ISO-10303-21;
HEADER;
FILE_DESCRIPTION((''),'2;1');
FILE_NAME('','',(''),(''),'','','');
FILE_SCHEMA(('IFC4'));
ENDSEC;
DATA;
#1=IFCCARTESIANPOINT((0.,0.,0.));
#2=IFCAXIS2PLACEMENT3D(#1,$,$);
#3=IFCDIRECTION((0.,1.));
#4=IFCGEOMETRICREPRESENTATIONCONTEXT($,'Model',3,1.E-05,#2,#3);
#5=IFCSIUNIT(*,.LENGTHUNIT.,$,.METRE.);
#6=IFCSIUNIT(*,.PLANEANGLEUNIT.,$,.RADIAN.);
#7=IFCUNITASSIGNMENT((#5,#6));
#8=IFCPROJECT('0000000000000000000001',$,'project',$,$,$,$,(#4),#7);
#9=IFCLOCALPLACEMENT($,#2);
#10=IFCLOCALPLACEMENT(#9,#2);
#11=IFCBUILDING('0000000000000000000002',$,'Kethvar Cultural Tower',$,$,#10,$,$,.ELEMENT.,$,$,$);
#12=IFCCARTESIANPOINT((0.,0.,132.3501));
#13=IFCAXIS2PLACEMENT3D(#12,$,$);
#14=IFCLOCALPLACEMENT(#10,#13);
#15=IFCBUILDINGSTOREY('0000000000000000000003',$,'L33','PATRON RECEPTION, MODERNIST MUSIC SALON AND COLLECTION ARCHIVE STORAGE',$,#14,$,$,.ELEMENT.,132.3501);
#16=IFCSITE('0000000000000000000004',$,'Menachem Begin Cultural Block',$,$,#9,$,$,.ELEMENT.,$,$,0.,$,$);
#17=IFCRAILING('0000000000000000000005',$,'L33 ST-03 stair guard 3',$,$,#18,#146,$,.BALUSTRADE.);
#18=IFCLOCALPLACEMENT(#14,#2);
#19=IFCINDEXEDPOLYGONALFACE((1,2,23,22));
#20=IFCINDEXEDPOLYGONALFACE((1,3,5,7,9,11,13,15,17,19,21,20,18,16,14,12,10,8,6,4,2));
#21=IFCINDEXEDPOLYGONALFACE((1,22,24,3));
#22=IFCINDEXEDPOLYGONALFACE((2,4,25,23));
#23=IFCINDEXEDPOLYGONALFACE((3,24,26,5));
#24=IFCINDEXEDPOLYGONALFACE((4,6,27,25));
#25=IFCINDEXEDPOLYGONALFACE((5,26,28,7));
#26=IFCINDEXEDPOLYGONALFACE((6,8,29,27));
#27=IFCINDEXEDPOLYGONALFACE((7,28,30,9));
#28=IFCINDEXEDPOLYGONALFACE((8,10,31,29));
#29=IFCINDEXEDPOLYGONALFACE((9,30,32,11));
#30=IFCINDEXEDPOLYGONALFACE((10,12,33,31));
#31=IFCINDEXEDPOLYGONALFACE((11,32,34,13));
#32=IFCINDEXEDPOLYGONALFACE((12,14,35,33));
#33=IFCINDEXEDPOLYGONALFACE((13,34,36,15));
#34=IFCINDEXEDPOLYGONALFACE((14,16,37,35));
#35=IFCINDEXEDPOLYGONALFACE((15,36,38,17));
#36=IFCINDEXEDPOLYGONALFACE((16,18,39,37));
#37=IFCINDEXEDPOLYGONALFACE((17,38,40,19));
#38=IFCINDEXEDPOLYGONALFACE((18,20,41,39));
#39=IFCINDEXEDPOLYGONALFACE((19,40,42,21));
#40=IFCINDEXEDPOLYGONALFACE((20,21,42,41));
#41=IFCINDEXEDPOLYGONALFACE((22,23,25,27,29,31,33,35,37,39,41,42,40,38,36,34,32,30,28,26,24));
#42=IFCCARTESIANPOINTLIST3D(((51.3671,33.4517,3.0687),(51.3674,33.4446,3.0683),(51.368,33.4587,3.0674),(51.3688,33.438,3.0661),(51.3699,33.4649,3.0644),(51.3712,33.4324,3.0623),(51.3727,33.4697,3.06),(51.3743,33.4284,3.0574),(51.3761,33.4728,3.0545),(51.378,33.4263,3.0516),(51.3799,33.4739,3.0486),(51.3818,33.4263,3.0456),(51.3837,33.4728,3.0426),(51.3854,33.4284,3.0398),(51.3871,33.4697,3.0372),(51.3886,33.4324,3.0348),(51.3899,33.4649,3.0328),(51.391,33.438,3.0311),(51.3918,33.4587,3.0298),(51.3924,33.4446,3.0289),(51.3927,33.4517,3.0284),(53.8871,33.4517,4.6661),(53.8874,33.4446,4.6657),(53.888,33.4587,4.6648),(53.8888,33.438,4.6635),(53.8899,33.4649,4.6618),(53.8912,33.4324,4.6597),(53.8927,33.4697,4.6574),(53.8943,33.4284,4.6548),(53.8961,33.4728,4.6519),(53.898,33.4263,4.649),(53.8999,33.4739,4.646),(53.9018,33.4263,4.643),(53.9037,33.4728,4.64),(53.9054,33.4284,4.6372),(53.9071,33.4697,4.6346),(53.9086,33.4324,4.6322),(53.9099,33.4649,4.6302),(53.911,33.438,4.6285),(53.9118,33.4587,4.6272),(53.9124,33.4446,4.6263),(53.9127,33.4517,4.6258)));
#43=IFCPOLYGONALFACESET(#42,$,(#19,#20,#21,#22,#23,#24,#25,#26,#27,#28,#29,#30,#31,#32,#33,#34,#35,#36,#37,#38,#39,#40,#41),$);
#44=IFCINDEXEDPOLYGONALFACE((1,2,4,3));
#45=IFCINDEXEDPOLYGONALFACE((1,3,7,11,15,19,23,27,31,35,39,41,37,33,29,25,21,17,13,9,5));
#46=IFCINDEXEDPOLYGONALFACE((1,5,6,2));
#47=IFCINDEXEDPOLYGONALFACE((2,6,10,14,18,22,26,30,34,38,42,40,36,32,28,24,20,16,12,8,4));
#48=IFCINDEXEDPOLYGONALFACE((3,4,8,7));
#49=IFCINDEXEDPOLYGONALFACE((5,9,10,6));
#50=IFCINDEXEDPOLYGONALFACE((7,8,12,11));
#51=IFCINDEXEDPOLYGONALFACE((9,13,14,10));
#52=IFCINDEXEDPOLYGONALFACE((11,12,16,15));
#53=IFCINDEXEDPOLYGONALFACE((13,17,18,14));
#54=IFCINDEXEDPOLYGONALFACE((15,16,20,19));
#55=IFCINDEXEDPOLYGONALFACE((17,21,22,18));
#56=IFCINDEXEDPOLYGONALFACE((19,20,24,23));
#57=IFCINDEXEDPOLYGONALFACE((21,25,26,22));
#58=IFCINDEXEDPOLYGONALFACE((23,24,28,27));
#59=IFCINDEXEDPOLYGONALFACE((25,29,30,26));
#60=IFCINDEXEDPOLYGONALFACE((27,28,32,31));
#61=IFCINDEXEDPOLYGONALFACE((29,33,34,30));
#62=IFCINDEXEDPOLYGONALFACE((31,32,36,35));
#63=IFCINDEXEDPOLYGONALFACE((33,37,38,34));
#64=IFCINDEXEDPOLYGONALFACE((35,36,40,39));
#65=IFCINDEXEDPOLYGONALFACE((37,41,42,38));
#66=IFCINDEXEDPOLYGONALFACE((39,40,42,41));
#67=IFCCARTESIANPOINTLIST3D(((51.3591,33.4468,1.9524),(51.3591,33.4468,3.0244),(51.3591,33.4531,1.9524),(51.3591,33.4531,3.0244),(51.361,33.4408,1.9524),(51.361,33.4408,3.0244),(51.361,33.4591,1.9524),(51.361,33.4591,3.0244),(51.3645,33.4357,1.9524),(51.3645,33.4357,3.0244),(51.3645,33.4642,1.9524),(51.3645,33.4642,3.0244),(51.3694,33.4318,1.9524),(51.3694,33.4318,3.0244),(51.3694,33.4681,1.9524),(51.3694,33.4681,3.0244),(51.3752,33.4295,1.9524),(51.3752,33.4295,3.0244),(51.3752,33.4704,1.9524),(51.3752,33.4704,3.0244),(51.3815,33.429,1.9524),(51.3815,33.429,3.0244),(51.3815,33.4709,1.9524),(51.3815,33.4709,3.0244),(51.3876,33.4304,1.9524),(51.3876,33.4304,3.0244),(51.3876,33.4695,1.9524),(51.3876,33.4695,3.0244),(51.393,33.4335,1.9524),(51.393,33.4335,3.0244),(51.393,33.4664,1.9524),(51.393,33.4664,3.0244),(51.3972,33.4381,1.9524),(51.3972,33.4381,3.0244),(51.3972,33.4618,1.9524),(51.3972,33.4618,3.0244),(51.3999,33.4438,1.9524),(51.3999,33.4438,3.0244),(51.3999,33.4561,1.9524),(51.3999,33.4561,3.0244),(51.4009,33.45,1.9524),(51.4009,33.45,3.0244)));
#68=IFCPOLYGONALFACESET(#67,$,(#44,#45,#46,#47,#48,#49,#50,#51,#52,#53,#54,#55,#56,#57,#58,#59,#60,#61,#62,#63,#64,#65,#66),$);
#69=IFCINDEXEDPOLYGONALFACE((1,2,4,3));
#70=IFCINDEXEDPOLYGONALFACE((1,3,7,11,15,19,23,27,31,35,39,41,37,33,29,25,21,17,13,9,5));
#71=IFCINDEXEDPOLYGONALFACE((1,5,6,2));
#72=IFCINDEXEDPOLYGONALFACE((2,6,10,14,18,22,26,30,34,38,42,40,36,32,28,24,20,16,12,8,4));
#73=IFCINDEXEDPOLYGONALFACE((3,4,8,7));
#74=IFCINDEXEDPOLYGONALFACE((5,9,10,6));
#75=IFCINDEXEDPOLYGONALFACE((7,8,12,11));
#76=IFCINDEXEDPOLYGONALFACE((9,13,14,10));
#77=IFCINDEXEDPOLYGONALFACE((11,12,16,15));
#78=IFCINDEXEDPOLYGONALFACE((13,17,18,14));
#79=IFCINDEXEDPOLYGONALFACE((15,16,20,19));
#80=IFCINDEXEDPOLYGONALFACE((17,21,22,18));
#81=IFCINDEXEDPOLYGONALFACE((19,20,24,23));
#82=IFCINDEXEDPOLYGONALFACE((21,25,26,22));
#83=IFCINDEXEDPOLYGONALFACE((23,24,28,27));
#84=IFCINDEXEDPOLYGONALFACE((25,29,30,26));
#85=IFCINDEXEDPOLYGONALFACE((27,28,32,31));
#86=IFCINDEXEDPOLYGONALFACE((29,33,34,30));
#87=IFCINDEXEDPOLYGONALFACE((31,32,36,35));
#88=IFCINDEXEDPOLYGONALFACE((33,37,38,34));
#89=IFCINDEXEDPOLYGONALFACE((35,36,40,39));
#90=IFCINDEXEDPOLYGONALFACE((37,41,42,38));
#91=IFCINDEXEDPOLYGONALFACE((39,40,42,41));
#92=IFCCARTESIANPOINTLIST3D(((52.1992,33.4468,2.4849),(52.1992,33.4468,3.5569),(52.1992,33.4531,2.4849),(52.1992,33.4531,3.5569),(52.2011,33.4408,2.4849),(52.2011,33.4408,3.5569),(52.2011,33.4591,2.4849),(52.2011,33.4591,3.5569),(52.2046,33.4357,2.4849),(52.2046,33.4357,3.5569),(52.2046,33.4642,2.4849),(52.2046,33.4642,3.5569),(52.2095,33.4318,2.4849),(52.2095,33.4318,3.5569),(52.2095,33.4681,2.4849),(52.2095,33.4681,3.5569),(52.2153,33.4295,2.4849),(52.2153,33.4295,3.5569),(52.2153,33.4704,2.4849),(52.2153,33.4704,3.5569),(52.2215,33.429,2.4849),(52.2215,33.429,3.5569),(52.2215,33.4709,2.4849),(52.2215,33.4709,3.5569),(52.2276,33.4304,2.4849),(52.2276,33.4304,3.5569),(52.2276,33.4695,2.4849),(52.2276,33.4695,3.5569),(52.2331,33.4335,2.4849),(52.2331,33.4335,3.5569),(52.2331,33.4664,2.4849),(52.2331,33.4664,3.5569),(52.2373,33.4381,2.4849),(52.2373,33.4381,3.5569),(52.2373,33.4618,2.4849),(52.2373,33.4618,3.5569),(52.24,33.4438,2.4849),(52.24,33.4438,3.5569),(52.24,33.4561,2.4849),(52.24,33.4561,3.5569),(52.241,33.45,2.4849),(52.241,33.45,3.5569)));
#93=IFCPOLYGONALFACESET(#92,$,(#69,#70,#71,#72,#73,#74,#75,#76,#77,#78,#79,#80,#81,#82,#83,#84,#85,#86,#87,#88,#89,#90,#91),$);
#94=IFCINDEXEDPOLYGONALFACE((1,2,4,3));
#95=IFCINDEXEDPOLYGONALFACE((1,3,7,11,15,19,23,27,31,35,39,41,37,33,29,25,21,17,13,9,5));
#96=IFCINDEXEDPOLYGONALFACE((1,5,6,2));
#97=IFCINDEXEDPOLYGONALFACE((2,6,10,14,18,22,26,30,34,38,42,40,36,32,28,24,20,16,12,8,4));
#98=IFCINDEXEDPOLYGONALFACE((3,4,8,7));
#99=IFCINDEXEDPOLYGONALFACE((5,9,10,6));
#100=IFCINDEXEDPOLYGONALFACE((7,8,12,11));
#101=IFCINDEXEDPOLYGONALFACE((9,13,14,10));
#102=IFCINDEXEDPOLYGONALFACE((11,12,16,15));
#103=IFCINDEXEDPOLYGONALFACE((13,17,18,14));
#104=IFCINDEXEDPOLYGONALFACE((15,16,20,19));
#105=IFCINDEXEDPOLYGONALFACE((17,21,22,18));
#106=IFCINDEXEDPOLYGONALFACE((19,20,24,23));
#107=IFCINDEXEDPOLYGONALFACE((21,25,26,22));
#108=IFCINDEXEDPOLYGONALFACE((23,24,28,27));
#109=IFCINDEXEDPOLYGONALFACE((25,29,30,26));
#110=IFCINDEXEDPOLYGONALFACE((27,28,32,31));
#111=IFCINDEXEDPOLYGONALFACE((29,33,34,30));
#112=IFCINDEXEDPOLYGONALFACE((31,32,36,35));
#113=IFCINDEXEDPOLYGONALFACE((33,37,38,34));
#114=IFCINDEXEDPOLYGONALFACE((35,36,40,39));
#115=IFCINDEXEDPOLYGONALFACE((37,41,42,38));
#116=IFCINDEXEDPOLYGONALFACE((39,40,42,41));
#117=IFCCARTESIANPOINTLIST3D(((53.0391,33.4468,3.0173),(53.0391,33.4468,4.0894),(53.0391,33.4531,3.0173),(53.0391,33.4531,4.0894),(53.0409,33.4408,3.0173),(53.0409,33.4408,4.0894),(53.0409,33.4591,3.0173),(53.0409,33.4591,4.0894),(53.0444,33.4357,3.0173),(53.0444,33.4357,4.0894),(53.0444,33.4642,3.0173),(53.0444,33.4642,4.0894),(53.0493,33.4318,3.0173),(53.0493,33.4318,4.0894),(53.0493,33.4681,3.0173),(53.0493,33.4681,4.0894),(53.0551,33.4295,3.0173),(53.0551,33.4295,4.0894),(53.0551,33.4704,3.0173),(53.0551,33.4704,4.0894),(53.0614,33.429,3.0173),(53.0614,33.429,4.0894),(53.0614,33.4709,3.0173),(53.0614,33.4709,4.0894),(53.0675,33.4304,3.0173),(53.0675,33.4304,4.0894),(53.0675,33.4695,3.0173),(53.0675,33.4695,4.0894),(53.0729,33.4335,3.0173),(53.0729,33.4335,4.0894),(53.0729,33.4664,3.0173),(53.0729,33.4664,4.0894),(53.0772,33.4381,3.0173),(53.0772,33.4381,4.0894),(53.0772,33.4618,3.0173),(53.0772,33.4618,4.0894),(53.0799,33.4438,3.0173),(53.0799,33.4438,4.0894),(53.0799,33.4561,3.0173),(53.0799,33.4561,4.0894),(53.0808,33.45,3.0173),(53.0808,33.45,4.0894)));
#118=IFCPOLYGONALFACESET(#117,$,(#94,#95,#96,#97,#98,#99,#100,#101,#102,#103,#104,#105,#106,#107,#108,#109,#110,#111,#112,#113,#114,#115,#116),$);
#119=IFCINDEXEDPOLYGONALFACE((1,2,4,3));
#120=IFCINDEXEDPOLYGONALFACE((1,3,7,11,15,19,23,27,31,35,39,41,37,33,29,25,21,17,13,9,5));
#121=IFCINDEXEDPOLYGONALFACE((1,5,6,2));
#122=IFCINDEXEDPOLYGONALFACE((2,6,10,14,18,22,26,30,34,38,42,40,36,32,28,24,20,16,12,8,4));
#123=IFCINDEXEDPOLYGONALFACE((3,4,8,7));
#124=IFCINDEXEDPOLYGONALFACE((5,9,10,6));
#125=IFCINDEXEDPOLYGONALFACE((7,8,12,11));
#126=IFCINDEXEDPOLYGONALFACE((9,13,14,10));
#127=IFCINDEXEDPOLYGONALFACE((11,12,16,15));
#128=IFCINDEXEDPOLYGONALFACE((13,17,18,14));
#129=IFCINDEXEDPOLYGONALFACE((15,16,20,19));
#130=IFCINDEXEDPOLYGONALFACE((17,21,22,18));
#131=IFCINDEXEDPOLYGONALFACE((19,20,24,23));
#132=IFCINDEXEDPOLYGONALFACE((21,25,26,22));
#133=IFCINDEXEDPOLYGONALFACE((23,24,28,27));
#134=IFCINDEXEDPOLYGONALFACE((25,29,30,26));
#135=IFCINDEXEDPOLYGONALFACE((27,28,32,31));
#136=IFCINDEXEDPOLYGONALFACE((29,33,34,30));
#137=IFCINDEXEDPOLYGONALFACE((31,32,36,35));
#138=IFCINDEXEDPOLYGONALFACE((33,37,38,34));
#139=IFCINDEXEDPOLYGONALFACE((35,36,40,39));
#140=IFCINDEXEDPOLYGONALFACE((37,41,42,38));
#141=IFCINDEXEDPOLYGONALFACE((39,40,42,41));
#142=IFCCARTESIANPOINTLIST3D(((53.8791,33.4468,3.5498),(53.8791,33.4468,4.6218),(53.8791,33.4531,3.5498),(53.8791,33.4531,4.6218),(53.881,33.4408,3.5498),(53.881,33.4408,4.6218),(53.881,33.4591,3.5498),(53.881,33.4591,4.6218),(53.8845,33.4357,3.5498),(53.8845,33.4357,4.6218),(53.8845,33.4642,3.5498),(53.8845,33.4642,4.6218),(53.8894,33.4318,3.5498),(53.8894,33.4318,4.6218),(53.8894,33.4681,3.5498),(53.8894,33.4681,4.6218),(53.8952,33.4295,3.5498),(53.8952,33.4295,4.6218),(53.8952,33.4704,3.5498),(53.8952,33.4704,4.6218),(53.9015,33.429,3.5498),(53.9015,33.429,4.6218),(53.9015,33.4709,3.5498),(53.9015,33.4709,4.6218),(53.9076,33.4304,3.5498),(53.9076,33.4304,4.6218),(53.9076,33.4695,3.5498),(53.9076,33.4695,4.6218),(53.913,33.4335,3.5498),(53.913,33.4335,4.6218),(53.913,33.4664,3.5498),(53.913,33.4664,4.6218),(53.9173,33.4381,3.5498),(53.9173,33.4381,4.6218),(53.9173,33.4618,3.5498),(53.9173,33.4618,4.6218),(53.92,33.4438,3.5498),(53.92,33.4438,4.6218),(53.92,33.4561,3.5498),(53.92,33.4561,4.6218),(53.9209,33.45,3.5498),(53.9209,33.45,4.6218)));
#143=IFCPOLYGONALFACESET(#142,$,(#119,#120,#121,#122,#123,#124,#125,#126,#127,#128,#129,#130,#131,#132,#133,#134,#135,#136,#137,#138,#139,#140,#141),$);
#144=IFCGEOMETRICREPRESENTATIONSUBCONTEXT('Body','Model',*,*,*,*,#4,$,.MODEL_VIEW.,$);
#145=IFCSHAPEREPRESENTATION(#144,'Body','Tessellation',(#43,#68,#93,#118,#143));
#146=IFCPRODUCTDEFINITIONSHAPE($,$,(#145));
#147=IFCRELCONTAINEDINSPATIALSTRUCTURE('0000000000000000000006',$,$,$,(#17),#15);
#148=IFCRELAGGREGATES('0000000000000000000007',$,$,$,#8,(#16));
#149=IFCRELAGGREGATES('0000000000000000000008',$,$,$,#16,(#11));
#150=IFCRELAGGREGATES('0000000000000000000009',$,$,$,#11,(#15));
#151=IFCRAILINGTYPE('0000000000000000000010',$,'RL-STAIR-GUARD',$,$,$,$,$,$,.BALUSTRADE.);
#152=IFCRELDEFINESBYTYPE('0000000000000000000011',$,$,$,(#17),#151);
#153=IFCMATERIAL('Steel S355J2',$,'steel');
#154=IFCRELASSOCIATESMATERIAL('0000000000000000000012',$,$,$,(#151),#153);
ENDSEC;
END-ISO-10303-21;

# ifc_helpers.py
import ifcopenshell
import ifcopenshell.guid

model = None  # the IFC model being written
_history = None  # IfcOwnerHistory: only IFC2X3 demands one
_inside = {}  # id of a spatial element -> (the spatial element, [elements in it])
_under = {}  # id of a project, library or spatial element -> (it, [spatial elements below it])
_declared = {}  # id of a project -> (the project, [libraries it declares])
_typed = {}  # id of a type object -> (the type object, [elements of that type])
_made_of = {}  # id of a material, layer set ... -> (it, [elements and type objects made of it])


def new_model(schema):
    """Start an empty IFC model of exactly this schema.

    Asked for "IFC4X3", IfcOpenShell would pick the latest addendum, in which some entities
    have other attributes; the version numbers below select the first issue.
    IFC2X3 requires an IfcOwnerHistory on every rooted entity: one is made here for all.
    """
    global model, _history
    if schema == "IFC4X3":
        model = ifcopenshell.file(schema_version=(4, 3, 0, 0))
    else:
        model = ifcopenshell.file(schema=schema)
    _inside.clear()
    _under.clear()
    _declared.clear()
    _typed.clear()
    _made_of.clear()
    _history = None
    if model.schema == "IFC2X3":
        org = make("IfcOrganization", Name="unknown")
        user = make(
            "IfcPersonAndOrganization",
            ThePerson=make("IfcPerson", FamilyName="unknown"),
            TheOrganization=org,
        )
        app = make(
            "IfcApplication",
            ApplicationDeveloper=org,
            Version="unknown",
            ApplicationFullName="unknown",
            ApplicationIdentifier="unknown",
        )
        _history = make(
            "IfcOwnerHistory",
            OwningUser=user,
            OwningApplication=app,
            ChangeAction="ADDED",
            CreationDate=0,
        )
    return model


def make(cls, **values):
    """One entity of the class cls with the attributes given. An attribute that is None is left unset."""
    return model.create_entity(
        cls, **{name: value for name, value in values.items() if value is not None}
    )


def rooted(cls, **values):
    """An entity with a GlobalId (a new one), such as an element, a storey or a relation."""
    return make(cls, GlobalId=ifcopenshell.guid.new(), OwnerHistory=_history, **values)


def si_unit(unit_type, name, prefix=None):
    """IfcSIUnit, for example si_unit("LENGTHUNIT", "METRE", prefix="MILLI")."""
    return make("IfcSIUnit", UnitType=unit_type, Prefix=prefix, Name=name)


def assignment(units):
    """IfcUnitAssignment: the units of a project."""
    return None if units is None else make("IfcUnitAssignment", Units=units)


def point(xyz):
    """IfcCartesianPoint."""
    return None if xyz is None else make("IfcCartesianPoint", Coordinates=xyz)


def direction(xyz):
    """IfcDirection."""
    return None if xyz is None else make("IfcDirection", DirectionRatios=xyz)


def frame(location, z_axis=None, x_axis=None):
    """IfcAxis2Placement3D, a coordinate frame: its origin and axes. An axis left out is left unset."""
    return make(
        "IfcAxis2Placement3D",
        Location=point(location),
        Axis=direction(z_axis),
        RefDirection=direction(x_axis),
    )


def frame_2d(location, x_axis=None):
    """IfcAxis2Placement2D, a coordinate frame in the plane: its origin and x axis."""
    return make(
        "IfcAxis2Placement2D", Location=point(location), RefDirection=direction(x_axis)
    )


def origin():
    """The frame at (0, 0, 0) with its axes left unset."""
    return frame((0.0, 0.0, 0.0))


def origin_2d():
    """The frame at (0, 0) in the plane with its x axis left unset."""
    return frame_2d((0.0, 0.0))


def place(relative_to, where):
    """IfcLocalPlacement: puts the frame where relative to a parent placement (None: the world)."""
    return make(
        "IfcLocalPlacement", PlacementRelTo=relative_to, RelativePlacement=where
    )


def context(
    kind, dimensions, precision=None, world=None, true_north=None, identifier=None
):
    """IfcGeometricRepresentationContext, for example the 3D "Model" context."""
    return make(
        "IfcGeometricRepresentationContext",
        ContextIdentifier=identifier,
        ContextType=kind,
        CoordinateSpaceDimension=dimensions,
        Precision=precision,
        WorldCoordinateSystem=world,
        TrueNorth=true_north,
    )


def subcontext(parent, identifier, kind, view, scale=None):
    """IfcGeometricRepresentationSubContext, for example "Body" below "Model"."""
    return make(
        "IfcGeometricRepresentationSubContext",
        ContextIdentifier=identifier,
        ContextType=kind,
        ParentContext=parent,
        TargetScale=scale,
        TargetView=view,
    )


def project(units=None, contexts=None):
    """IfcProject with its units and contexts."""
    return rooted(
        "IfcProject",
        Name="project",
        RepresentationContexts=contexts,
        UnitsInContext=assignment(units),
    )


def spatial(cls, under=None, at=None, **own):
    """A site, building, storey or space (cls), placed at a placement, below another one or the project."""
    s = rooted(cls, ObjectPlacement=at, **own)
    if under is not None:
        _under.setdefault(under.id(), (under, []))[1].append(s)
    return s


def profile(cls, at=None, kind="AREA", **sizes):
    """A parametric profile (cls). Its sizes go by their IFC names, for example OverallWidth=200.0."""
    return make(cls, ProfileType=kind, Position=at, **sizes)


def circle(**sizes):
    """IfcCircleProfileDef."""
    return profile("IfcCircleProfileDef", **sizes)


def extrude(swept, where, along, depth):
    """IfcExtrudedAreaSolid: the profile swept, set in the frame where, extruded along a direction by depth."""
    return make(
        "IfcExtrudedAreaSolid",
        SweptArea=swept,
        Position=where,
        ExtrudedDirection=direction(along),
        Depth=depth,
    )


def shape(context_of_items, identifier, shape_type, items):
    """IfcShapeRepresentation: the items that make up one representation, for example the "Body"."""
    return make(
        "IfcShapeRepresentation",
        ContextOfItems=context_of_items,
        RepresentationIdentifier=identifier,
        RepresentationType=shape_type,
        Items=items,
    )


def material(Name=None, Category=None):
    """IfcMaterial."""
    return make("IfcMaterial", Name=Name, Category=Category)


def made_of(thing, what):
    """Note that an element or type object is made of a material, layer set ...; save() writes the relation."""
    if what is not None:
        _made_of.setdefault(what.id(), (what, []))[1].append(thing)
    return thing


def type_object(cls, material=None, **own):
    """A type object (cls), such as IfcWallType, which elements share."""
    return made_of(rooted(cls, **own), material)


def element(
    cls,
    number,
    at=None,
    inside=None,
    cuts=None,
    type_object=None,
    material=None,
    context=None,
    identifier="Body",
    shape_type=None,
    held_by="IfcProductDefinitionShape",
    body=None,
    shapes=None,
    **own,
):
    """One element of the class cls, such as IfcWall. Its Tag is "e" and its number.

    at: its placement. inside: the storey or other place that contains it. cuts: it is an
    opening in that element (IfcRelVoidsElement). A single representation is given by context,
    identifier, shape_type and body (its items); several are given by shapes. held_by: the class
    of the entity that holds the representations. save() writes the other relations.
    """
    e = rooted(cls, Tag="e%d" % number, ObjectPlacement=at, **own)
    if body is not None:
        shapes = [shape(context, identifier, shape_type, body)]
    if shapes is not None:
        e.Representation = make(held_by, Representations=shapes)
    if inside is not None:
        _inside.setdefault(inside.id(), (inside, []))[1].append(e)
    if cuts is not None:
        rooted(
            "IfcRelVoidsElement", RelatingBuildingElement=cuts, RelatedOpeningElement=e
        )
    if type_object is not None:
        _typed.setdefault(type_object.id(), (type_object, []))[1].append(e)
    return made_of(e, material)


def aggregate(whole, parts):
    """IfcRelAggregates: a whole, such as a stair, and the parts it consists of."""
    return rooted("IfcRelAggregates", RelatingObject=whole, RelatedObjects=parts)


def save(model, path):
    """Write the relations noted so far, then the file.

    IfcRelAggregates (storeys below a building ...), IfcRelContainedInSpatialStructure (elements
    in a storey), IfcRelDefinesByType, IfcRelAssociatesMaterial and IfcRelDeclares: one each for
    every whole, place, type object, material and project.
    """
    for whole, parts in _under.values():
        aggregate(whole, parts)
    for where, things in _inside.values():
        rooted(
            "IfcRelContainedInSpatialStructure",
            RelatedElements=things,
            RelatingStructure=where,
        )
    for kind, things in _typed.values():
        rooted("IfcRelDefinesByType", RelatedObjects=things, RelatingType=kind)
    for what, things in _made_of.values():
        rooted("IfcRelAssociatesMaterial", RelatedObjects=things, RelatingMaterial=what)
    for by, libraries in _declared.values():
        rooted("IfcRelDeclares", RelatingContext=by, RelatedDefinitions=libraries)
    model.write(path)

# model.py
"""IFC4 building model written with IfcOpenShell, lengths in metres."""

from ifc_helpers import new_model, si_unit, direction, frame, origin, origin_2d, place, context, subcontext, project, spatial, circle, extrude, material, type_object, element, save


model = new_model("IFC4")

# Units and contexts
model_context = context("Model", 3, precision=1e-05, world=origin(), true_north=direction((0.0, 1.0)))
body_context = subcontext(model_context, "Body", "Model", "MODEL_VIEW")
ifc_project = project(units=[si_unit("LENGTHUNIT", "METRE"), si_unit("PLANEANGLEUNIT", "RADIAN")], contexts=[model_context])

# Site, building, storey
site_placement = place(None, origin())
site = spatial("IfcSite", under=ifc_project, at=site_placement, Name="Menachem Begin Cultural Block", CompositionType="ELEMENT", RefElevation=0.0)
building_placement = place(site_placement, origin())
building = spatial("IfcBuilding", under=site, at=building_placement, Name="Kethvar Cultural Tower", CompositionType="ELEMENT")
storey_placement = place(building_placement, frame((0.0, 0.0, 132.3501)))
storey = spatial("IfcBuildingStorey", under=building, at=storey_placement, Name="L33", Description="PATRON RECEPTION, MODERNIST MUSIC SALON AND COLLECTION ARCHIVE STORAGE", CompositionType="ELEMENT", Elevation=132.3501)

# Shared definitions
ifc_material_1 = material(Name="Steel S355J2", Category="steel")

# Railing
railing_type_1 = type_object("IfcRailingType", Name="RL-STAIR-GUARD", PredefinedType="BALUSTRADE", material=ifc_material_1)
railing_1_placement = place(storey_placement, frame((51.3799, 33.45, 1.9524)))
element("IfcRailing", 1, at=railing_1_placement, inside=storey, type_object=railing_type_1, Name="L33 ST-03 stair guard 3", PredefinedType="BALUSTRADE", context=body_context, shape_type="SweptSolid", body=[
    extrude(circle(Radius=0.0239, at=origin_2d()), frame((0.0, 0.0, 1.0962), z_axis=(0.844607, 0.0, 0.535387), x_axis=(0.0, 1.0, 0.0)), (0.0, 0.0, 1.0), 2.9836),
    extrude(circle(Radius=0.021, at=origin_2d()), origin(), (0.0, 0.0, 1.0), 1.072),
    extrude(circle(Radius=0.021, at=origin_2d()), frame((0.8401, 0.0, 0.5325)), (0.0, 0.0, 1.0), 1.072),
    extrude(circle(Radius=0.021, at=origin_2d()), frame((1.6799, 0.0, 1.0649)), (0.0, 0.0, 1.0), 1.072),
    extrude(circle(Radius=0.021, at=origin_2d()), frame((2.52, 0.0, 1.5974)), (0.0, 0.0, 1.0), 1.072),
])

save(model, "model.ifc")
